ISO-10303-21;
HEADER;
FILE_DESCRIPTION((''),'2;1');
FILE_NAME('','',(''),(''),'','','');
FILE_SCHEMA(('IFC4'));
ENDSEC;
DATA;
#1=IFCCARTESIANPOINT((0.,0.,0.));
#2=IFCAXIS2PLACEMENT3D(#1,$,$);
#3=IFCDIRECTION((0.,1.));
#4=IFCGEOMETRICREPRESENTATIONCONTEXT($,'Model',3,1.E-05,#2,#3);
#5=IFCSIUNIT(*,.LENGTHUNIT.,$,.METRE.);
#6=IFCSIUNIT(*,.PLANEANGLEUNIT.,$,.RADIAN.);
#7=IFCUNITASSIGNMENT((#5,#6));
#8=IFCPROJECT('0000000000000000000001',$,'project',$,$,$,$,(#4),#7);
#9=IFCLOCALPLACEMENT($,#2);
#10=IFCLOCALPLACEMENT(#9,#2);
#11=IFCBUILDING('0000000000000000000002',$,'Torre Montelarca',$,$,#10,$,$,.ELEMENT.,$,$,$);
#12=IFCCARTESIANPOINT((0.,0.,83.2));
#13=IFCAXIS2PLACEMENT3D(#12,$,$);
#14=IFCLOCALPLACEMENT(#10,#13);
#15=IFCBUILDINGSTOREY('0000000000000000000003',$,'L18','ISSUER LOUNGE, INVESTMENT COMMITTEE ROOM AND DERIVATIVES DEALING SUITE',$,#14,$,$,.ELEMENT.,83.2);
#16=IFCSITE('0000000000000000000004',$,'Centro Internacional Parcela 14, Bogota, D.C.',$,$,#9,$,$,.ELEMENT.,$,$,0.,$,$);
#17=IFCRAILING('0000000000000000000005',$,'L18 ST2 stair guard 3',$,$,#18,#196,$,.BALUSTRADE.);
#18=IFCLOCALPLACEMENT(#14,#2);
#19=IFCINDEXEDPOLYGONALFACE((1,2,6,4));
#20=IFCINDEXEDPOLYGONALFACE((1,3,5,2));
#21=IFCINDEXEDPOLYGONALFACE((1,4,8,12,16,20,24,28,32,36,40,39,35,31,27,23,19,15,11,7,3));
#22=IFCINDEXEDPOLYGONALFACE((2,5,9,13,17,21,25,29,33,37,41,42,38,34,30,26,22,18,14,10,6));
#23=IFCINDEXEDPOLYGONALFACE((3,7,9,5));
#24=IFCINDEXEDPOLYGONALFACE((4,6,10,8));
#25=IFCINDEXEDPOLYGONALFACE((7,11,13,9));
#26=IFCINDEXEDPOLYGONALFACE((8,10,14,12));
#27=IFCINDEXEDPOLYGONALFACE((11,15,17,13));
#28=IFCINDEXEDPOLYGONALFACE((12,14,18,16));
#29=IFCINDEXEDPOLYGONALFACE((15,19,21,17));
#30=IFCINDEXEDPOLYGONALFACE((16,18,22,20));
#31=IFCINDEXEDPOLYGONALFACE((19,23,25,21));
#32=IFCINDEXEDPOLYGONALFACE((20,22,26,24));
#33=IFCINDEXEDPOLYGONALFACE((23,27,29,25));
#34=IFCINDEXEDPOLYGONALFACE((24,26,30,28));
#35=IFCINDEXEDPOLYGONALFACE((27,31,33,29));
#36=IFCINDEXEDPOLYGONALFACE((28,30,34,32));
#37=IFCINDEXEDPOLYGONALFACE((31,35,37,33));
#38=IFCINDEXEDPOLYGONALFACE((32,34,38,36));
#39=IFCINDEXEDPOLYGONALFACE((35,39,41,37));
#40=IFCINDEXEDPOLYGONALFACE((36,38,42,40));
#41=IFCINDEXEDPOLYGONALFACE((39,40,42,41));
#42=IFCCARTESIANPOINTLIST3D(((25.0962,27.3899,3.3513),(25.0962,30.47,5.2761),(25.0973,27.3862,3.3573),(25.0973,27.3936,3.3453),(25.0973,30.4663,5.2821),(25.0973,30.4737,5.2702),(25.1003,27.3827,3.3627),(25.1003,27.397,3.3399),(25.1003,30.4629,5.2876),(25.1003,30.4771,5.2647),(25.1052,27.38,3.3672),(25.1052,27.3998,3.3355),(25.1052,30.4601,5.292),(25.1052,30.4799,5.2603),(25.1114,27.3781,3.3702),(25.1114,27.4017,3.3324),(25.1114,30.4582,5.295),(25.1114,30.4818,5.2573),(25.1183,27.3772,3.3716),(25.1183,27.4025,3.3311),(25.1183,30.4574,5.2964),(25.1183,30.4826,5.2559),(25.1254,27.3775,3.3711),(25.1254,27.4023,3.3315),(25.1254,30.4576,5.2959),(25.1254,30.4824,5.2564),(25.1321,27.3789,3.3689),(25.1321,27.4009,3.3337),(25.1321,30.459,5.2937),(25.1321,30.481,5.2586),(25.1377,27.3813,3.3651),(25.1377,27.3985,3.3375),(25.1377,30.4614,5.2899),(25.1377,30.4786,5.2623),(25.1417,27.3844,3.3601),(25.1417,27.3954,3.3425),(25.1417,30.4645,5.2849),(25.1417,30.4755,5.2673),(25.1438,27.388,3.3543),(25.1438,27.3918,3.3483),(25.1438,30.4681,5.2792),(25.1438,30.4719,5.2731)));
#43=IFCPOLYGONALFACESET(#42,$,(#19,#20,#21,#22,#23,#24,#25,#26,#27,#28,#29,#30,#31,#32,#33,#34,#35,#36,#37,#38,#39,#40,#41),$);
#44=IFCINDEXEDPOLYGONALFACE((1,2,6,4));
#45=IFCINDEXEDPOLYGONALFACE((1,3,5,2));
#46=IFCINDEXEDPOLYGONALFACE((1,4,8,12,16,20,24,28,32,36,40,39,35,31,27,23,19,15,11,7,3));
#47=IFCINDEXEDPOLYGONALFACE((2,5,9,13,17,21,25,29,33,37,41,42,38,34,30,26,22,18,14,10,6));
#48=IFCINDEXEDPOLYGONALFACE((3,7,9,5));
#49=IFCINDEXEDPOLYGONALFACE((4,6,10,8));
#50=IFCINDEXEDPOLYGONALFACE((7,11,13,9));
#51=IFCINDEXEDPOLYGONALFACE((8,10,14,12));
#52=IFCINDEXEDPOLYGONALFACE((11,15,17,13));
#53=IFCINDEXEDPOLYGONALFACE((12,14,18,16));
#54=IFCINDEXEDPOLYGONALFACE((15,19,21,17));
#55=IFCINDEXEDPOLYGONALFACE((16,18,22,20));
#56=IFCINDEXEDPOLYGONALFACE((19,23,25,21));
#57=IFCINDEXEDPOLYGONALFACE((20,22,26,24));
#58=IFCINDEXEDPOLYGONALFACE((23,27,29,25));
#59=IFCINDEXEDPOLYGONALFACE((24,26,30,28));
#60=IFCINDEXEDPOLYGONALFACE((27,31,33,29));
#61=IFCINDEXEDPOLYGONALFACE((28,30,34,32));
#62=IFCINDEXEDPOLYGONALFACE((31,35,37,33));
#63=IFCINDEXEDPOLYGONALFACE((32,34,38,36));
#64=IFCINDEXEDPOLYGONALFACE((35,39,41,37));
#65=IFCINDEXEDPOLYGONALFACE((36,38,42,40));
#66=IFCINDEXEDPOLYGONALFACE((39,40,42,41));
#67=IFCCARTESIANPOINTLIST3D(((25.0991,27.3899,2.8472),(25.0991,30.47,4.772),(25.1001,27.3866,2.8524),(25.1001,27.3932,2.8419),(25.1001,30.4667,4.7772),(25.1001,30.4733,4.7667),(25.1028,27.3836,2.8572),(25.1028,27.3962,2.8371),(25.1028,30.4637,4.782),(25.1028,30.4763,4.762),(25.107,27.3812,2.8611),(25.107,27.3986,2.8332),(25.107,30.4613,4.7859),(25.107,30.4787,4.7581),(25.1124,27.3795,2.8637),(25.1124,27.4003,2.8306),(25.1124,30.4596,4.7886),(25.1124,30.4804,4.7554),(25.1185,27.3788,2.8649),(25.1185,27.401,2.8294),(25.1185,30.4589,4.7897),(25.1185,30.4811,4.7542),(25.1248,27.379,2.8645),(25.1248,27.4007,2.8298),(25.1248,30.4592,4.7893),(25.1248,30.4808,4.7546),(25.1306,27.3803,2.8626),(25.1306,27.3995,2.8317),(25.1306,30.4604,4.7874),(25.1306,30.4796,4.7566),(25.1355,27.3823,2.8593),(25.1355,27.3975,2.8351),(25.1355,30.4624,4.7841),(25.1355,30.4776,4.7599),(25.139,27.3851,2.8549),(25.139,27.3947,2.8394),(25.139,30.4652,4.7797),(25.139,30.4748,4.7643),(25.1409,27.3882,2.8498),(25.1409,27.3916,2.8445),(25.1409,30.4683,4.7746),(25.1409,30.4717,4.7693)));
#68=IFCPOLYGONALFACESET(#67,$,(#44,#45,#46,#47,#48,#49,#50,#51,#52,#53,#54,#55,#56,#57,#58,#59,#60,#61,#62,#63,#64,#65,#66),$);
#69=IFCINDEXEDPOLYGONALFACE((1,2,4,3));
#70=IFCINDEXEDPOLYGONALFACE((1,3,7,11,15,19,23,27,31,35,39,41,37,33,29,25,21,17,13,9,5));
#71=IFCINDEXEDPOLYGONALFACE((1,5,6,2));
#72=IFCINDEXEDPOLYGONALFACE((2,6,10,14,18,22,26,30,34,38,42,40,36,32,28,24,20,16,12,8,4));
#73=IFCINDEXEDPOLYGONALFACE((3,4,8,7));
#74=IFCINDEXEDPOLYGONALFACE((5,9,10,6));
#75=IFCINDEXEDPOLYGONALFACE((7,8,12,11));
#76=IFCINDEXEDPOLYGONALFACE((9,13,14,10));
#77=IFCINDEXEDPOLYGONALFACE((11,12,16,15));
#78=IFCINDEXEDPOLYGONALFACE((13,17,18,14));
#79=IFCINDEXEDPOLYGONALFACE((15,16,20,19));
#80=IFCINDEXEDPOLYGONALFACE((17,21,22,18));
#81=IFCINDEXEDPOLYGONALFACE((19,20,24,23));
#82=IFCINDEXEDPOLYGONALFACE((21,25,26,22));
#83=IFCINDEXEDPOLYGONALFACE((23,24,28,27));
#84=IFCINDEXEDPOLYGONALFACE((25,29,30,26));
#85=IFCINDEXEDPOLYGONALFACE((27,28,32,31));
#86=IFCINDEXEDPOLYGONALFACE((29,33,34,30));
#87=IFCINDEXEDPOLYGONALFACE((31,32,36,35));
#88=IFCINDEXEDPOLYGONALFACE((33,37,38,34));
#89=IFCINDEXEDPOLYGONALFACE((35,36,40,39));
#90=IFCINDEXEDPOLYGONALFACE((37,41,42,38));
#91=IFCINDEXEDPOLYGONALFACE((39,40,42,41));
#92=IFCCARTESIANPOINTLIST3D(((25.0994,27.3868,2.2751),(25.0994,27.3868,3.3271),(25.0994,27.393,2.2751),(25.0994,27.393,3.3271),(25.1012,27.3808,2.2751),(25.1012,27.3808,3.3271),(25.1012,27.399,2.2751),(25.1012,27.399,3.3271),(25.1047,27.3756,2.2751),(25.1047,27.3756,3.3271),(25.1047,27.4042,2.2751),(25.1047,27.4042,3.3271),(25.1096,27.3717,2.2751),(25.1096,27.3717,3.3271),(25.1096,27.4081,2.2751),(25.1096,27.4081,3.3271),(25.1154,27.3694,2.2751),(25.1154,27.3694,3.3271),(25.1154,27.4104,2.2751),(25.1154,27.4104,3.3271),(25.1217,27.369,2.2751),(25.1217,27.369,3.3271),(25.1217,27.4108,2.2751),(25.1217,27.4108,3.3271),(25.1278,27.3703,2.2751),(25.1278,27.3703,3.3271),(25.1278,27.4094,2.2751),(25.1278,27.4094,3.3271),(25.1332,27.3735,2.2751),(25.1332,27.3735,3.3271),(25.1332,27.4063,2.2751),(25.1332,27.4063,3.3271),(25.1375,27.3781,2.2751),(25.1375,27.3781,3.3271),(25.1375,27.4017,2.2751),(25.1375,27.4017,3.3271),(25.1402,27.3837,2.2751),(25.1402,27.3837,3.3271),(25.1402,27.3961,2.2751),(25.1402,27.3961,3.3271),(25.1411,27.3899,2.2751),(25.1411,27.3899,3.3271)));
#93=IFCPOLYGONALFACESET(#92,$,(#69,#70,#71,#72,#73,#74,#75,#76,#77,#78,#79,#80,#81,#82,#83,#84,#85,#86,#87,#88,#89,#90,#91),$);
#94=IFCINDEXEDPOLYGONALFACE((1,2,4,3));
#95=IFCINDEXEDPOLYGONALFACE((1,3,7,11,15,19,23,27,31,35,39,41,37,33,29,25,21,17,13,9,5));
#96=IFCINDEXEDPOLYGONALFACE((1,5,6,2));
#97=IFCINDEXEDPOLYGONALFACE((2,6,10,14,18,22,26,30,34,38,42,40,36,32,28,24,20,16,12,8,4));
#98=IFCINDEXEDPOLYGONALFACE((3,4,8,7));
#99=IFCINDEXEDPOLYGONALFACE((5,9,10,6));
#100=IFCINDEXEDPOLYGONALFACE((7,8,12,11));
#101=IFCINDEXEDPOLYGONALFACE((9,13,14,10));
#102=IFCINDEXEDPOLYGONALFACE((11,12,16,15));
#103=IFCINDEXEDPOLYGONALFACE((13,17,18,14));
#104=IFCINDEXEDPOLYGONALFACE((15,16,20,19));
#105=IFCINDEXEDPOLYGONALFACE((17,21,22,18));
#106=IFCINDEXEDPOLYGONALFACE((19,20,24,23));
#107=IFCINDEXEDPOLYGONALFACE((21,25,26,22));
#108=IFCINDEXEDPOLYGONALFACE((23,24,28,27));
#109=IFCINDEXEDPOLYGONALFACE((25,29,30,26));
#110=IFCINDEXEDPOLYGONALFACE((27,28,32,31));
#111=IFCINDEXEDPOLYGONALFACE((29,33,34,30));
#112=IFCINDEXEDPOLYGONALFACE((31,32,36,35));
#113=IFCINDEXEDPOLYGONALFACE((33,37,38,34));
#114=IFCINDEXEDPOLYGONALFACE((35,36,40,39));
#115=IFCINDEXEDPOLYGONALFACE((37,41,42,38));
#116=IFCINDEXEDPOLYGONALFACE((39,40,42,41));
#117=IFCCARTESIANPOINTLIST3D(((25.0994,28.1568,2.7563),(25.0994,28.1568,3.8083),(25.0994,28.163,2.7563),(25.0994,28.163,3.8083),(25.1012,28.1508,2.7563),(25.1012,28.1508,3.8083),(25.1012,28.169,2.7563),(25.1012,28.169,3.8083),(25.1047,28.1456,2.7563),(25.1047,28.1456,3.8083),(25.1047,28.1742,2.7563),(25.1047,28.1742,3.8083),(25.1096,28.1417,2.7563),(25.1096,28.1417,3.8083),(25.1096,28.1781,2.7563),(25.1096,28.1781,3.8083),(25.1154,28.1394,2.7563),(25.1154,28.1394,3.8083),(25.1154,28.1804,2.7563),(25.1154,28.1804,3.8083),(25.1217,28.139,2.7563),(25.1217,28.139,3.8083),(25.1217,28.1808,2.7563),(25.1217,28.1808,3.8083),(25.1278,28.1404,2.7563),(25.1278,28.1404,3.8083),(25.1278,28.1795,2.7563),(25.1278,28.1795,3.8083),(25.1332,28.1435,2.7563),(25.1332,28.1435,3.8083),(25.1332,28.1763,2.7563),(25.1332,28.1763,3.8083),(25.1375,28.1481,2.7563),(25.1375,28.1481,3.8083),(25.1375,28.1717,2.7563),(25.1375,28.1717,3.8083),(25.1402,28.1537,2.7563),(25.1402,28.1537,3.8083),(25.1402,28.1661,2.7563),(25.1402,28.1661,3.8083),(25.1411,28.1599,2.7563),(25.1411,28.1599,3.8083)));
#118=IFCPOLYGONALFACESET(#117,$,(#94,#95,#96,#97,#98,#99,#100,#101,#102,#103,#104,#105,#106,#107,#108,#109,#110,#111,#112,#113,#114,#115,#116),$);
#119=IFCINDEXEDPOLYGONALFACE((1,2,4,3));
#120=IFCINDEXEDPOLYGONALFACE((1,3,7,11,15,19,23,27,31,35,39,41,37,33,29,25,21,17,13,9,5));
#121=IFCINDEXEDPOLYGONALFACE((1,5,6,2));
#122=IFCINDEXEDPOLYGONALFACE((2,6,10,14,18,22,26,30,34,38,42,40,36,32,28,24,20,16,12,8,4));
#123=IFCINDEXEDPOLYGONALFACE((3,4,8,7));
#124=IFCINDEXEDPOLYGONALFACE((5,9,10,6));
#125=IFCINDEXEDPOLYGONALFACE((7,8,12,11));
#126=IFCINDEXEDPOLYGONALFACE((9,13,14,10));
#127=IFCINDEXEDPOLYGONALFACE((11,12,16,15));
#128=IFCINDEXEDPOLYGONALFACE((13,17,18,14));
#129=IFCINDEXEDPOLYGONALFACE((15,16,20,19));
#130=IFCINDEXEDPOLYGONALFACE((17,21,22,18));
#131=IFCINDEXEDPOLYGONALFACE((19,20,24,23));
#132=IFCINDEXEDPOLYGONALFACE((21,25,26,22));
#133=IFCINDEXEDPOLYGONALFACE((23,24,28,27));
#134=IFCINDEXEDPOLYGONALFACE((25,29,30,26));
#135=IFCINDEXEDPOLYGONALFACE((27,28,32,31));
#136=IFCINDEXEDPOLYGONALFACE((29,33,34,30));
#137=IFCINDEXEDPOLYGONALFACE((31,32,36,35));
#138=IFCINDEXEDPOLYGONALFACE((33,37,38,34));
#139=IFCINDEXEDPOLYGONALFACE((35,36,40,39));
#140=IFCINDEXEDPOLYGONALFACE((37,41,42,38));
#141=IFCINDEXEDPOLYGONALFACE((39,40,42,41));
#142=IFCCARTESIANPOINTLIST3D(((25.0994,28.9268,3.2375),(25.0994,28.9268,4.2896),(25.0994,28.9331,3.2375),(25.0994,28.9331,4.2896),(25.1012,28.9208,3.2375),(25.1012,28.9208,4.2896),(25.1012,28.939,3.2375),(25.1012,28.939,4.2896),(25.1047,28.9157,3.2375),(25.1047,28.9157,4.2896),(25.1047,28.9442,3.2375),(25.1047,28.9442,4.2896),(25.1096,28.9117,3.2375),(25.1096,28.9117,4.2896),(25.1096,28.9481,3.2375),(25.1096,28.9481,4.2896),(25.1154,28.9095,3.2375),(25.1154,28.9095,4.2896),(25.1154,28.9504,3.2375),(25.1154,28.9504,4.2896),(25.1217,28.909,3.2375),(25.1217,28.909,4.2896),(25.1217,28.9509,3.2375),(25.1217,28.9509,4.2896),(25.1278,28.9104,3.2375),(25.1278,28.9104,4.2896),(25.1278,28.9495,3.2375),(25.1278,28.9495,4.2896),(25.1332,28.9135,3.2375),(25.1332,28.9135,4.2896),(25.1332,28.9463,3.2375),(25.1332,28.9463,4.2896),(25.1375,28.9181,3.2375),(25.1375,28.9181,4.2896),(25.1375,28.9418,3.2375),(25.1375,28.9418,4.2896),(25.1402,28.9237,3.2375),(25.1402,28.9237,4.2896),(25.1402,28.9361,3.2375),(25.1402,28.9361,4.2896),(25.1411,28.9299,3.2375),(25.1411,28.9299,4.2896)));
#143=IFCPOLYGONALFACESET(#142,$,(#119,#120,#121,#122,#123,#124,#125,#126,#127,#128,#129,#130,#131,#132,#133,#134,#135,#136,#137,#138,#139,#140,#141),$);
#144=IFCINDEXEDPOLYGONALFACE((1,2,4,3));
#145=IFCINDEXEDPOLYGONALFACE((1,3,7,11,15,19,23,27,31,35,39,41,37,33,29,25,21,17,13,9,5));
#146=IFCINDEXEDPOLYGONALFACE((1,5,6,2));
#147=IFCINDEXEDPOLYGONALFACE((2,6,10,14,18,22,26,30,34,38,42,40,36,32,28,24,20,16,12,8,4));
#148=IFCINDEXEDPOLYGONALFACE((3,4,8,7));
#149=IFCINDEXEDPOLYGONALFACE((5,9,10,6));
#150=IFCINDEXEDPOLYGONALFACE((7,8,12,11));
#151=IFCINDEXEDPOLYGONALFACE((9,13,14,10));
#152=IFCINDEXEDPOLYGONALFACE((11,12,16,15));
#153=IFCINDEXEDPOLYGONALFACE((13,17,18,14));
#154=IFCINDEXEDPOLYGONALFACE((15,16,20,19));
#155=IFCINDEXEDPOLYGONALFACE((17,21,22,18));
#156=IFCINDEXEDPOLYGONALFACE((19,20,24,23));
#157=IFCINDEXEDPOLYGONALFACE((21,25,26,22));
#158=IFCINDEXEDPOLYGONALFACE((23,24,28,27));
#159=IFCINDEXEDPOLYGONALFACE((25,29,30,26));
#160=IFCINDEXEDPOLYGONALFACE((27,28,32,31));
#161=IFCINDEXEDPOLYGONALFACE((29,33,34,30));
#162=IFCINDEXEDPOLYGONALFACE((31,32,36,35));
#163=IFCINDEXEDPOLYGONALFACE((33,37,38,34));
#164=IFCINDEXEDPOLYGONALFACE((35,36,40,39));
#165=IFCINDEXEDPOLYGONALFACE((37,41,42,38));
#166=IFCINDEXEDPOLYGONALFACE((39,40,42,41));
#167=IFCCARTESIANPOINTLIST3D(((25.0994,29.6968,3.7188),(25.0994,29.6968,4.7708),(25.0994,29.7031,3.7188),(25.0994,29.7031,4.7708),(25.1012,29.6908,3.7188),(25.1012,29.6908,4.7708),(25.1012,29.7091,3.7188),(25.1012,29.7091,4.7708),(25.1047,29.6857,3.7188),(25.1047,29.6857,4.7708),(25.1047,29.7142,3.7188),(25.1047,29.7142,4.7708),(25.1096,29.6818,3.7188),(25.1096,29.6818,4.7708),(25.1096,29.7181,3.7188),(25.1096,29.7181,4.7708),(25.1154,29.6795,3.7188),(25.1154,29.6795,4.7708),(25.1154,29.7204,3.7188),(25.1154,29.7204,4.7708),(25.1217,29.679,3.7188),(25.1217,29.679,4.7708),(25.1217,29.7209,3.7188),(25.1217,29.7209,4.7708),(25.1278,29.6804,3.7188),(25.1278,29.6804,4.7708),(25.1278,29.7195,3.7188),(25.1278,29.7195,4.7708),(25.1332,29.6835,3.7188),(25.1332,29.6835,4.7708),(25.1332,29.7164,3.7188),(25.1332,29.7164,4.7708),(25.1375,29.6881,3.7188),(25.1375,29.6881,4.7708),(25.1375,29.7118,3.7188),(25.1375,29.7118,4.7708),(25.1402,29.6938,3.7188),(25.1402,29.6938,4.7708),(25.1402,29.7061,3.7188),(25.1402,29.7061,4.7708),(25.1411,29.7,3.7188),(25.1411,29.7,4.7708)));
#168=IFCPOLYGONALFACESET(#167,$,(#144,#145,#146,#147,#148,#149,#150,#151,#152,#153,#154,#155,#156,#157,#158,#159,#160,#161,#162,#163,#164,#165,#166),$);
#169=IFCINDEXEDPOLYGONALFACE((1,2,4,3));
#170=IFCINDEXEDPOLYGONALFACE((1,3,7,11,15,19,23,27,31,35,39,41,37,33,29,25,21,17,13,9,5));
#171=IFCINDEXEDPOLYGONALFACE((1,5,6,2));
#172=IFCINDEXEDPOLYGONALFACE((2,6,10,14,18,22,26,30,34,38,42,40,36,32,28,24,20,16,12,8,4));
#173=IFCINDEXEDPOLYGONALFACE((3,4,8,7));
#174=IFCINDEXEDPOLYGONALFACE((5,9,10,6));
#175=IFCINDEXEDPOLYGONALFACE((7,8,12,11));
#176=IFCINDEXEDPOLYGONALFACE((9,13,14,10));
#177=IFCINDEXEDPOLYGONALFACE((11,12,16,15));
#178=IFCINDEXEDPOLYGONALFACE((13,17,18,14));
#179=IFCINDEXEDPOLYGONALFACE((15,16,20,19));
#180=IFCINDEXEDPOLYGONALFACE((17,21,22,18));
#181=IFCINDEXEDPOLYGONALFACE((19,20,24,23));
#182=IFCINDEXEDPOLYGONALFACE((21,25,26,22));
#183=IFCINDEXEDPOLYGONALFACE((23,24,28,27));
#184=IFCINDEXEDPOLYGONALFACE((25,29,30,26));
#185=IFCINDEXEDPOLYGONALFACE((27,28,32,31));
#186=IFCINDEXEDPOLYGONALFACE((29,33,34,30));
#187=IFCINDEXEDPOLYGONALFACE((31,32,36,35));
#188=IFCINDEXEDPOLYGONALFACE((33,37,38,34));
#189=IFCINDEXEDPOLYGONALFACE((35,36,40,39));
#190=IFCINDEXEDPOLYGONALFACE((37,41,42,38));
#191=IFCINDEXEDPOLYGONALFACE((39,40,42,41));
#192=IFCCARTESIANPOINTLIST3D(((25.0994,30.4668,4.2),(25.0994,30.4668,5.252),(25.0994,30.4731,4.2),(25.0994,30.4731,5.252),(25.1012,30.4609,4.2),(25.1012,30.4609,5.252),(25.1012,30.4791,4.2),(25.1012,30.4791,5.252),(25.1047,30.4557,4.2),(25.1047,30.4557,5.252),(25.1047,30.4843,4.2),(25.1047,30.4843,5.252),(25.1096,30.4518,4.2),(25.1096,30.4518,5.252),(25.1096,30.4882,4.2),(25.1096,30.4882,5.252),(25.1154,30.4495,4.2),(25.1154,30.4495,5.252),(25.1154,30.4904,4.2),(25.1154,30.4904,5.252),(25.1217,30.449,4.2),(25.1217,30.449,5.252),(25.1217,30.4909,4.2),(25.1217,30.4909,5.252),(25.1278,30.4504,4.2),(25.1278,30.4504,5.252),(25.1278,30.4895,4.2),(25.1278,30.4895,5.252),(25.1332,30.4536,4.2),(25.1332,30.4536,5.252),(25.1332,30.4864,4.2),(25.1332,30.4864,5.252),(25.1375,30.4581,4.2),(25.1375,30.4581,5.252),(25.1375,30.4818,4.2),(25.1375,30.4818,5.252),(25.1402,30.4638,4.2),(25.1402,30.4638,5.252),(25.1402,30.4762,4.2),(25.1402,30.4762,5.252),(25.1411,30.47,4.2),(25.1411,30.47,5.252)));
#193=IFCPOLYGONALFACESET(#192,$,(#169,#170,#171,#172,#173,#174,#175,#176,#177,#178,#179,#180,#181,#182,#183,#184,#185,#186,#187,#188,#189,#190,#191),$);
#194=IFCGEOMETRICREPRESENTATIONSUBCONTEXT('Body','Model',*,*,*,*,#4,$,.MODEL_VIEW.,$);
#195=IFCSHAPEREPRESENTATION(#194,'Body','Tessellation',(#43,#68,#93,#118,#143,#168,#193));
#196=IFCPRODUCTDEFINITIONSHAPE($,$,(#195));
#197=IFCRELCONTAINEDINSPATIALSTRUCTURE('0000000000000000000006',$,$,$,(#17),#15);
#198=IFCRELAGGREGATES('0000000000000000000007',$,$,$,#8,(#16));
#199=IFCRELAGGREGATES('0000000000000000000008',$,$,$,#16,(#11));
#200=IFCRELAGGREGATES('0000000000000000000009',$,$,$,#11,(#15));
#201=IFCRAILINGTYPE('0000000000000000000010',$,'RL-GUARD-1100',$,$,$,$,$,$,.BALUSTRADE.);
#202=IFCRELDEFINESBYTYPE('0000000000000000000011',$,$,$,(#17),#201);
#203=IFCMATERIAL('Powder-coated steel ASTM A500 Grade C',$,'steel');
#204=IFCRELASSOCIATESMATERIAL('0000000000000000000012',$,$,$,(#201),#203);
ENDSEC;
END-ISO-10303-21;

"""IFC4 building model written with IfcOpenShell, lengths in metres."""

from ifc_helpers import new_model, si_unit, direction, frame, origin, origin_2d, place, context, subcontext, project, spatial, circle, extrude, material, type_object, element, save


model = new_model("IFC4")

# Units and contexts
model_context = context("Model", 3, precision=1e-05, world=origin(), true_north=direction((0.0, 1.0)))
body_context = subcontext(model_context, "Body", "Model", "MODEL_VIEW")
ifc_project = project(units=[si_unit("LENGTHUNIT", "METRE"), si_unit("PLANEANGLEUNIT", "RADIAN")], contexts=[model_context])

# Site, building, storey
site_placement = place(None, origin())
site = spatial("IfcSite", under=ifc_project, at=site_placement, Name="Centro Internacional Parcela 14, Bogota, D.C.", CompositionType="ELEMENT", RefElevation=0.0)
building_placement = place(site_placement, origin())
building = spatial("IfcBuilding", under=site, at=building_placement, Name="Torre Montelarca", CompositionType="ELEMENT")
storey_placement = place(building_placement, frame((0.0, 0.0, 83.2)))
storey = spatial("IfcBuildingStorey", under=building, at=storey_placement, Name="L18", Description="ISSUER LOUNGE, INVESTMENT COMMITTEE ROOM AND DERIVATIVES DEALING SUITE", CompositionType="ELEMENT", Elevation=83.2)

# Railing
ifc_material_1 = material(Name="Powder-coated steel ASTM A500 Grade C", Category="steel")
railing_type_1 = type_object("IfcRailingType", Name="RL-GUARD-1100", PredefinedType="BALUSTRADE", material=ifc_material_1)
railing_1_placement = place(storey_placement, frame((25.1201, 27.3899, 2.2751)))
element("IfcRailing", 1, at=railing_1_placement, inside=storey, type_object=railing_type_1, Name="L18 ST2 stair guard 3", PredefinedType="BALUSTRADE", context=body_context, shape_type="SweptSolid", body=[
    extrude(circle(Radius=0.0239, at=origin_2d()), frame((0.0, 0.0, 1.0762), z_axis=(0.0, 0.848029, 0.529951), x_axis=(-1.0, 0.0, 0.0)), (0.0, 0.0, 1.0), 3.6321),
    extrude(circle(Radius=0.021, at=origin_2d()), frame((0.0, 0.0, 0.572), z_axis=(0.0, 0.848029, 0.529951), x_axis=(-1.0, 0.0, 0.0)), (0.0, 0.0, 1.0), 3.6321),
    extrude(circle(Radius=0.021, at=origin_2d()), origin(), (0.0, 0.0, 1.0), 1.052),
    extrude(circle(Radius=0.021, at=origin_2d()), frame((0.0, 0.77, 0.4812)), (0.0, 0.0, 1.0), 1.052),
    extrude(circle(Radius=0.021, at=origin_2d()), frame((0.0, 1.54, 0.9624)), (0.0, 0.0, 1.0), 1.052),
    extrude(circle(Radius=0.021, at=origin_2d()), frame((0.0, 2.3101, 1.4436)), (0.0, 0.0, 1.0), 1.052),
    extrude(circle(Radius=0.021, at=origin_2d()), frame((0.0, 3.0801, 1.9248)), (0.0, 0.0, 1.0), 1.052),
])

save(model, "model.ifc")
